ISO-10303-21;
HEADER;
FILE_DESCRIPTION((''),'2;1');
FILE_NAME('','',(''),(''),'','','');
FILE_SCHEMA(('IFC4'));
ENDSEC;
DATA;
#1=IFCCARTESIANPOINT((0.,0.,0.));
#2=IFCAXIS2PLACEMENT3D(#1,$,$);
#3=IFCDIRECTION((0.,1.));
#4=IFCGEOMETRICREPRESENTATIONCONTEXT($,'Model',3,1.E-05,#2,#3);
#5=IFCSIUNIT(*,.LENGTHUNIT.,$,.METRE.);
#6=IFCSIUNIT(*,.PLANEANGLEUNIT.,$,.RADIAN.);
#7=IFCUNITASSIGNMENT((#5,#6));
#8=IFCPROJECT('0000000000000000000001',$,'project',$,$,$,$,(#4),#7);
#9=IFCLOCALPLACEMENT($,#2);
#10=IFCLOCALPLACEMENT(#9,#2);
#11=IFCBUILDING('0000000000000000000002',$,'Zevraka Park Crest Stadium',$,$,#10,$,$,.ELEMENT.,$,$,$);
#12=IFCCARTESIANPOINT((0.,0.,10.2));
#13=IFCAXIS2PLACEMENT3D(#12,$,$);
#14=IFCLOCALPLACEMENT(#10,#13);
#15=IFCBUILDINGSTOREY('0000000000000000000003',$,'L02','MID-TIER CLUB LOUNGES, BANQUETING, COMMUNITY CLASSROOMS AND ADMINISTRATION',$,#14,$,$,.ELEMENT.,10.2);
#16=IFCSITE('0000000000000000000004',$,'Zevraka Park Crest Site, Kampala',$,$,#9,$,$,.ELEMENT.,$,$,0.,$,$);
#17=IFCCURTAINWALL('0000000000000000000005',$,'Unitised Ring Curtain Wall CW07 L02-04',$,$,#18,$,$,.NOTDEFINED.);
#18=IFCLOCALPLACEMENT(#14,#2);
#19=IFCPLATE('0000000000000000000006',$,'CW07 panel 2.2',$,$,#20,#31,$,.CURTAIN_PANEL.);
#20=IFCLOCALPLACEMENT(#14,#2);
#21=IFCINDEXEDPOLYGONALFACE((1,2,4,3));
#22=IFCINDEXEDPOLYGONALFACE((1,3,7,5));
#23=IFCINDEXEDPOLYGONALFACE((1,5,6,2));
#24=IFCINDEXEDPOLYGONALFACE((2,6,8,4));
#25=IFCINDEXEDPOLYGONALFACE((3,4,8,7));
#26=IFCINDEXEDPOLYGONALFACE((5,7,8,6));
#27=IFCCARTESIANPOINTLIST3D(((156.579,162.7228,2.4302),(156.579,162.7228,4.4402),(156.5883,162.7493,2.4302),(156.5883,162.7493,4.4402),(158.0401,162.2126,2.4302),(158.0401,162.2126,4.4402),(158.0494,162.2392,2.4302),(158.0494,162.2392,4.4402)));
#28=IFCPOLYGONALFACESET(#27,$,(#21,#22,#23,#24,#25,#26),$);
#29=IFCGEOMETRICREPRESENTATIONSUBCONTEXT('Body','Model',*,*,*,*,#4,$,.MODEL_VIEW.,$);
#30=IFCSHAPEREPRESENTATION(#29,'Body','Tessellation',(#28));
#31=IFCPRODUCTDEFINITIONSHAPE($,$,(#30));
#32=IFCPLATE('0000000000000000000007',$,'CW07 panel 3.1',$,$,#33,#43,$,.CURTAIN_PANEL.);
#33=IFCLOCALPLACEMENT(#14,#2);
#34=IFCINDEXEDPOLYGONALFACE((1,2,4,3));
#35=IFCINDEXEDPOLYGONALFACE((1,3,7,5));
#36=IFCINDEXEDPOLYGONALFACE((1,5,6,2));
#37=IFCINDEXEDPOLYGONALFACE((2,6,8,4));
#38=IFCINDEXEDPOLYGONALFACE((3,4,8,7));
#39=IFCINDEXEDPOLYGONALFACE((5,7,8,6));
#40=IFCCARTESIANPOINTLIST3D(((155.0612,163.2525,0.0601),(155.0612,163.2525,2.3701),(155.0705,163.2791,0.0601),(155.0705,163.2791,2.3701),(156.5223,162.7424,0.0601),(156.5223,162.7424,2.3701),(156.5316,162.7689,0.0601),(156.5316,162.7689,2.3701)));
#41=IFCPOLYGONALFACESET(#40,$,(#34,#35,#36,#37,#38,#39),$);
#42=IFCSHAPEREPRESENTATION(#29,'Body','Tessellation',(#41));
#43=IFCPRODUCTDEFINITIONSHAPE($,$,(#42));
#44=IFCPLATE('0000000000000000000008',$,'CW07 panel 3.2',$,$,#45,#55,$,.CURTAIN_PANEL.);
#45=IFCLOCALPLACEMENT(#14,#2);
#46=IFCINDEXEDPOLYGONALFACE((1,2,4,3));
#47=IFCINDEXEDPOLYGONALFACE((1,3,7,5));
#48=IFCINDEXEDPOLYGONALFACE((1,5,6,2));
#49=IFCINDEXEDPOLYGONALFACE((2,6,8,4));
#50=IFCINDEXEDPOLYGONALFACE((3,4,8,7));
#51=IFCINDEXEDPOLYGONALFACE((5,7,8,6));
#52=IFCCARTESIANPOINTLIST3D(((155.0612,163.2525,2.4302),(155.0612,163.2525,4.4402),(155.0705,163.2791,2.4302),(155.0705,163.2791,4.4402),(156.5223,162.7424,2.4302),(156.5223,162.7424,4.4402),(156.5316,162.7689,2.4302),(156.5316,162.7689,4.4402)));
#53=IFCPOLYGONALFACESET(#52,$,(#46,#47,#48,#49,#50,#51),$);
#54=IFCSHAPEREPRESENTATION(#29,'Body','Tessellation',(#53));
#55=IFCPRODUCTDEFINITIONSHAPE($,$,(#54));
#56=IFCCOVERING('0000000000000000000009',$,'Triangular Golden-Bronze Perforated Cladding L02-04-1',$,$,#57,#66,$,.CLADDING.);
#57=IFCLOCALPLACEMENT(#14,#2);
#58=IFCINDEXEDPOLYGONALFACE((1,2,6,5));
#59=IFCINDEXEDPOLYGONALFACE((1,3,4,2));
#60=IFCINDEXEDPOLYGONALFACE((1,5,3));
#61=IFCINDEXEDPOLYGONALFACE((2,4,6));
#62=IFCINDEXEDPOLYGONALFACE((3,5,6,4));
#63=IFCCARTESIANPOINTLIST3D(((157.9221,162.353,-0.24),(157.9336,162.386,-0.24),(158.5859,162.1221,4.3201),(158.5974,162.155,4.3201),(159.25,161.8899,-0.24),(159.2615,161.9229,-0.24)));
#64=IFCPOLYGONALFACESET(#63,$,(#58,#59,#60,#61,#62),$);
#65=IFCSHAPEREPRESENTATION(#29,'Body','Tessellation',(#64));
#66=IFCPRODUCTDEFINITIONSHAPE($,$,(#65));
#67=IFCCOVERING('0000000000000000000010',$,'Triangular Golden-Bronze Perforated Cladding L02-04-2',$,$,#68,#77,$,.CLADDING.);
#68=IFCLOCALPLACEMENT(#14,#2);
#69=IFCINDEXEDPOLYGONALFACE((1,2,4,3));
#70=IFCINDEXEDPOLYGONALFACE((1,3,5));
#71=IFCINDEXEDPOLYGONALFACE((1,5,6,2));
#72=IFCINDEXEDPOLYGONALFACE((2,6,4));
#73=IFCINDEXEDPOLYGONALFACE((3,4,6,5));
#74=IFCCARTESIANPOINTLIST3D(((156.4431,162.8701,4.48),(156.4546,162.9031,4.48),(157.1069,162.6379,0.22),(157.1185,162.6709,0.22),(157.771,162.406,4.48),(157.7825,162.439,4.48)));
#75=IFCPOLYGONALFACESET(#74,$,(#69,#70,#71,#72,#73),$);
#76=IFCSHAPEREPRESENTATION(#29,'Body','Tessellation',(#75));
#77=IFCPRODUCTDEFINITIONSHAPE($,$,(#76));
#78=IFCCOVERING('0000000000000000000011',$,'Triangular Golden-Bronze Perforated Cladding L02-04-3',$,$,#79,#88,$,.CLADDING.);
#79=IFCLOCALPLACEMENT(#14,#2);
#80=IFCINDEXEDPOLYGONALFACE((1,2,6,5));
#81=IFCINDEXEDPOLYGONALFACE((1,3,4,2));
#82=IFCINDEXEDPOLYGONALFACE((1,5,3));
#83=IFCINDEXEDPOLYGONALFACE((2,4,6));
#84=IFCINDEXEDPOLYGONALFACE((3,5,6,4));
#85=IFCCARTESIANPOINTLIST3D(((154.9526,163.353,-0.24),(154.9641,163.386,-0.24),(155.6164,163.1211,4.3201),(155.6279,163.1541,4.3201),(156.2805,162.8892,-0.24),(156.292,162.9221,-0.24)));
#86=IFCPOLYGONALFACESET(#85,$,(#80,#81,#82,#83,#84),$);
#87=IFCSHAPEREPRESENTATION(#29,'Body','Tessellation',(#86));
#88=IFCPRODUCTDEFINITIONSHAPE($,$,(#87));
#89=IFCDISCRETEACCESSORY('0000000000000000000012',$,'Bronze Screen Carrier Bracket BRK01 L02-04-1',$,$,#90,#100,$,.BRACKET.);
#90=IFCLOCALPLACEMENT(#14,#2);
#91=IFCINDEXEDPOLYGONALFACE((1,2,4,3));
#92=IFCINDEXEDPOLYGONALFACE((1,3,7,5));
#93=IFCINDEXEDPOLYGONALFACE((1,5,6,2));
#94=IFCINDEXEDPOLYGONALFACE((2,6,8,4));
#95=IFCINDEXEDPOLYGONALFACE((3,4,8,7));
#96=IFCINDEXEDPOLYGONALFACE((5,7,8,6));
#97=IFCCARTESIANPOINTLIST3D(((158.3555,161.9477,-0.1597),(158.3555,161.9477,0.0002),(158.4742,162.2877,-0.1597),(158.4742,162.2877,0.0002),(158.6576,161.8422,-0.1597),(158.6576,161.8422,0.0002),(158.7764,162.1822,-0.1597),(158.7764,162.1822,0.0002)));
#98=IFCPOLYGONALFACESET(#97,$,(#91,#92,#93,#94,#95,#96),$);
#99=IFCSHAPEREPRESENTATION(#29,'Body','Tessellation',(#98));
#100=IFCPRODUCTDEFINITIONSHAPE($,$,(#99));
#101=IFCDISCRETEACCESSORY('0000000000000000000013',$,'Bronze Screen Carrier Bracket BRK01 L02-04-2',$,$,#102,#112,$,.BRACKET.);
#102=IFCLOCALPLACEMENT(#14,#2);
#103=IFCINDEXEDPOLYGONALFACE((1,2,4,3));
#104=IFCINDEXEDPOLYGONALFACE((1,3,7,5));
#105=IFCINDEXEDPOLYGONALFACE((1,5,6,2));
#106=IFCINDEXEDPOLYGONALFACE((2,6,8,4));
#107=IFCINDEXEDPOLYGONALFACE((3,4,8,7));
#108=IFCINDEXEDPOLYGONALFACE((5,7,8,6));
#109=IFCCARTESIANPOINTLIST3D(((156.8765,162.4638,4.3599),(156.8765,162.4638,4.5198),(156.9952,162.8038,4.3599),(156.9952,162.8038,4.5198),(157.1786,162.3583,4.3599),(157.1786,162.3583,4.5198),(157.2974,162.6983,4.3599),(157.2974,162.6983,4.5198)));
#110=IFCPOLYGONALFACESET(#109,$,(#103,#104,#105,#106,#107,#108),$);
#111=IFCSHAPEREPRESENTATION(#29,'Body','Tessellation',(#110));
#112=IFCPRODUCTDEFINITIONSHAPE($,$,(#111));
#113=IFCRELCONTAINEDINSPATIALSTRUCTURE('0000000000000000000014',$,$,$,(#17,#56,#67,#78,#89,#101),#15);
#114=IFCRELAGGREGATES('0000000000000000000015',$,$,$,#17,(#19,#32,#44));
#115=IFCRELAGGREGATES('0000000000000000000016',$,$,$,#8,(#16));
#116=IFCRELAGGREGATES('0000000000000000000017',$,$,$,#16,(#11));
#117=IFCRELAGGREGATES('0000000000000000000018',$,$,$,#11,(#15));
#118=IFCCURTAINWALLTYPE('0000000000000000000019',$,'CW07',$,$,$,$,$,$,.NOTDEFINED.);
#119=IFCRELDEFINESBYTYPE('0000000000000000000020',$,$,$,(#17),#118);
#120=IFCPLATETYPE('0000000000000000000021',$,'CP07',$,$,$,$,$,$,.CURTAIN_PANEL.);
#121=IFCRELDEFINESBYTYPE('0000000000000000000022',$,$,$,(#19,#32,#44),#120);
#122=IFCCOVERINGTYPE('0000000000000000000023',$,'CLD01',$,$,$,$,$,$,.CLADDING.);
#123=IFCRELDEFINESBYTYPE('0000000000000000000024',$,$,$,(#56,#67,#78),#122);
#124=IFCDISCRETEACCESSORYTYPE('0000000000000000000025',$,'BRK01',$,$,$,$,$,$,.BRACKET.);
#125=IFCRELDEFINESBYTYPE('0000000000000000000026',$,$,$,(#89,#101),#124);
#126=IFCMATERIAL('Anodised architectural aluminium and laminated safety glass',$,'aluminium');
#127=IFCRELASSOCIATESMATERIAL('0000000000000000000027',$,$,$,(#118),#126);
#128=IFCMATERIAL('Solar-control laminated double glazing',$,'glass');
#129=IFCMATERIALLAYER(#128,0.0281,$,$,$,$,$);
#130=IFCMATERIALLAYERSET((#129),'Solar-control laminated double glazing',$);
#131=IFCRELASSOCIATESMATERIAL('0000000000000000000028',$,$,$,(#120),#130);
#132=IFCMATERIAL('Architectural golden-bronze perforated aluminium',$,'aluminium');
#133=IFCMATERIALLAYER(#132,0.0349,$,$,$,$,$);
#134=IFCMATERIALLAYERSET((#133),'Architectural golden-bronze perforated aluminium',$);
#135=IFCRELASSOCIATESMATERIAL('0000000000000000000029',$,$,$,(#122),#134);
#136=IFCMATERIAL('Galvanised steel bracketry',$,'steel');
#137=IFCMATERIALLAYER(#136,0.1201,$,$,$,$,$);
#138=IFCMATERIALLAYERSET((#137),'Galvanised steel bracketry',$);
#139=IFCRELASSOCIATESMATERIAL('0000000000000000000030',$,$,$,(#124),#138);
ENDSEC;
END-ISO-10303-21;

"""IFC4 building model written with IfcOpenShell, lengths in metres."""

from ifc_helpers import new_model, si_unit, direction, frame, origin, origin_2d, place, context, subcontext, project, spatial, polyline, rectangle, outline, extrude, material, layer, layer_set, type_object, element, aggregate, save


model = new_model("IFC4")

# Units and contexts
model_context = context("Model", 3, precision=1e-05, world=origin(), true_north=direction((0.0, 1.0)))
body_context = subcontext(model_context, "Body", "Model", "MODEL_VIEW")
ifc_project = project(units=[si_unit("LENGTHUNIT", "METRE"), si_unit("PLANEANGLEUNIT", "RADIAN")], contexts=[model_context])

# Site, building, storey
site_placement = place(None, origin())
site = spatial("IfcSite", under=ifc_project, at=site_placement, Name="Zevraka Park Crest Site, Kampala", CompositionType="ELEMENT", RefElevation=0.0)
building_placement = place(site_placement, origin())
building = spatial("IfcBuilding", under=site, at=building_placement, Name="Zevraka Park Crest Stadium", CompositionType="ELEMENT")
storey_placement = place(building_placement, frame((0.0, 0.0, 10.2)))
storey = spatial("IfcBuildingStorey", under=building, at=storey_placement, Name="L02", Description="MID-TIER CLUB LOUNGES, BANQUETING, COMMUNITY CLASSROOMS AND ADMINISTRATION", CompositionType="ELEMENT", Elevation=10.2)

# Curtain wall
ifc_material_1 = material(Name="Anodised architectural aluminium and laminated safety glass", Category="aluminium")
curtain_wall_type = type_object("IfcCurtainWallType", Name="CW07", PredefinedType="NOTDEFINED", material=ifc_material_1)
curtain_wall_placement = place(storey_placement, origin())
curtain_wall = element("IfcCurtainWall", 1, at=curtain_wall_placement, inside=storey, type_object=curtain_wall_type, Name="Unitised Ring Curtain Wall CW07 L02-04", PredefinedType="NOTDEFINED")

# Plates
ifc_material_2 = material(Name="Solar-control laminated double glazing", Category="glass")
ifc_layer_1 = layer(ifc_material_2, 0.0281)
ifc_layer_set_1 = layer_set([ifc_layer_1], Name="Solar-control laminated double glazing")
plate_type = type_object("IfcPlateType", Name="CP07", PredefinedType="CURTAIN_PANEL", material=ifc_layer_set_1)
plate_1_placement = place(storey_placement, frame((157.3142, 162.481, 2.4302), z_axis=(0.0, 0.0, 1.0), x_axis=(-0.944114, 0.329619, 0.0)))
plate_1 = element("IfcPlate", 2, at=plate_1_placement, type_object=plate_type, Name="CW07 panel 2.2", PredefinedType="CURTAIN_PANEL", context=body_context, shape_type="SweptSolid", body=[
    extrude(rectangle(XDim=1.5476, YDim=0.0281, at=origin_2d()), origin(), (0.0, 0.0, 1.0), 2.01),
])
plate_2_placement = place(storey_placement, frame((155.7964, 163.0107, 0.0601), z_axis=(0.0, 0.0, 1.0), x_axis=(-0.944114, 0.329619, 0.0)))
plate_2 = element("IfcPlate", 3, at=plate_2_placement, type_object=plate_type, Name="CW07 panel 3.1", PredefinedType="CURTAIN_PANEL", context=body_context, shape_type="SweptSolid", body=[
    extrude(rectangle(XDim=1.5476, YDim=0.0281, at=origin_2d()), origin(), (0.0, 0.0, 1.0), 2.3101),
])
plate_3_placement = place(storey_placement, frame((155.7964, 163.0107, 2.4302), z_axis=(0.0, 0.0, 1.0), x_axis=(-0.944114, 0.329619, 0.0)))
plate_3 = element("IfcPlate", 4, at=plate_3_placement, type_object=plate_type, Name="CW07 panel 3.2", PredefinedType="CURTAIN_PANEL", context=body_context, shape_type="SweptSolid", body=[
    extrude(rectangle(XDim=1.5476, YDim=0.0281, at=origin_2d()), origin(), (0.0, 0.0, 1.0), 2.01),
])
aggregate(curtain_wall, [plate_1, plate_2, plate_3])

# Coverings
ifc_material_3 = material(Name="Architectural golden-bronze perforated aluminium", Category="aluminium")
ifc_layer_2 = layer(ifc_material_3, 0.0349)
ifc_layer_set_2 = layer_set([ifc_layer_2], Name="Architectural golden-bronze perforated aluminium")
covering_type = type_object("IfcCoveringType", Name="CLD01", PredefinedType="CLADDING", material=ifc_layer_set_2)
covering_1_placement = place(storey_placement, frame((159.25, 161.8899, -0.24), z_axis=(-0.329322, -0.944218, 0.000118), x_axis=(-0.944218, 0.329322, 0.0)))
element("IfcCovering", 5, at=covering_1_placement, inside=storey, type_object=covering_type, Name="Triangular Golden-Bronze Perforated Cladding L02-04-1", PredefinedType="CLADDING", context=body_context, shape_type="SweptSolid", body=[
    extrude(outline(polyline([(0.0, 0.0), (1.4063, 0.0), (0.7035, -4.5601), (0.0, 0.0)])), origin(), (0.0, 0.0, -1.0), 0.0349),
])
covering_2_placement = place(storey_placement, frame((156.4431, 162.8701, 4.48), z_axis=(-0.329941, -0.944002, 0.000037), x_axis=(0.944002, -0.329941, 0.0)))
element("IfcCovering", 6, at=covering_2_placement, inside=storey, type_object=covering_type, Name="Triangular Golden-Bronze Perforated Cladding L02-04-2", PredefinedType="CLADDING", context=body_context, shape_type="SweptSolid", body=[
    extrude(outline(polyline([(0.0, 0.0), (1.4067, 0.0), (0.7033, -4.26), (0.0, 0.0)])), origin(), (0.0, 0.0, -1.0), 0.0349),
])
covering_3_placement = place(storey_placement, frame((156.292, 162.9221, -0.24), z_axis=(0.329786, 0.944056, 0.000009), x_axis=(-0.944056, 0.329786, 0.0)))
element("IfcCovering", 7, at=covering_3_placement, inside=storey, type_object=covering_type, Name="Triangular Golden-Bronze Perforated Cladding L02-04-3", PredefinedType="CLADDING", context=body_context, shape_type="SweptSolid", body=[
    extrude(outline(polyline([(0.0, 0.0), (1.4066, 0.0), (0.7034, 4.5601), (0.0, 0.0)])), origin(), (0.0, 0.0, -1.0), 0.0349),
])

# Discrete accessories
ifc_material_4 = material(Name="Galvanised steel bracketry", Category="steel")
ifc_layer_3 = layer(ifc_material_4, 0.1201)
ifc_layer_set_3 = layer_set([ifc_layer_3], Name="Galvanised steel bracketry")
discrete_accessory_type = type_object("IfcDiscreteAccessoryType", Name="BRK01", PredefinedType="BRACKET", material=ifc_layer_set_3)
for number, where, z_axis, x_axis, name in (
    (8, (158.5659, 162.0649, -0.1597), (0.0, 0.0, 1.0), (-0.944089, 0.329691, 0.0), "Bronze Screen Carrier Bracket BRK01 L02-04-1"),
    (9, (157.0869, 162.5811, 4.3599), (0.0, 0.0, 1.0), (-0.944089, 0.329691, 0.0), "Bronze Screen Carrier Bracket BRK01 L02-04-2"),
):
    element("IfcDiscreteAccessory", number, at=place(storey_placement, frame(where, z_axis=z_axis, x_axis=x_axis)), inside=storey, type_object=discrete_accessory_type, Name=name, PredefinedType="BRACKET", context=body_context, shape_type="SweptSolid", body=[
        extrude(rectangle(XDim=0.3201, YDim=0.3601, at=origin_2d()), origin(), (0.0, 0.0, 1.0), 0.1599),
    ])

save(model, "model.ifc")
